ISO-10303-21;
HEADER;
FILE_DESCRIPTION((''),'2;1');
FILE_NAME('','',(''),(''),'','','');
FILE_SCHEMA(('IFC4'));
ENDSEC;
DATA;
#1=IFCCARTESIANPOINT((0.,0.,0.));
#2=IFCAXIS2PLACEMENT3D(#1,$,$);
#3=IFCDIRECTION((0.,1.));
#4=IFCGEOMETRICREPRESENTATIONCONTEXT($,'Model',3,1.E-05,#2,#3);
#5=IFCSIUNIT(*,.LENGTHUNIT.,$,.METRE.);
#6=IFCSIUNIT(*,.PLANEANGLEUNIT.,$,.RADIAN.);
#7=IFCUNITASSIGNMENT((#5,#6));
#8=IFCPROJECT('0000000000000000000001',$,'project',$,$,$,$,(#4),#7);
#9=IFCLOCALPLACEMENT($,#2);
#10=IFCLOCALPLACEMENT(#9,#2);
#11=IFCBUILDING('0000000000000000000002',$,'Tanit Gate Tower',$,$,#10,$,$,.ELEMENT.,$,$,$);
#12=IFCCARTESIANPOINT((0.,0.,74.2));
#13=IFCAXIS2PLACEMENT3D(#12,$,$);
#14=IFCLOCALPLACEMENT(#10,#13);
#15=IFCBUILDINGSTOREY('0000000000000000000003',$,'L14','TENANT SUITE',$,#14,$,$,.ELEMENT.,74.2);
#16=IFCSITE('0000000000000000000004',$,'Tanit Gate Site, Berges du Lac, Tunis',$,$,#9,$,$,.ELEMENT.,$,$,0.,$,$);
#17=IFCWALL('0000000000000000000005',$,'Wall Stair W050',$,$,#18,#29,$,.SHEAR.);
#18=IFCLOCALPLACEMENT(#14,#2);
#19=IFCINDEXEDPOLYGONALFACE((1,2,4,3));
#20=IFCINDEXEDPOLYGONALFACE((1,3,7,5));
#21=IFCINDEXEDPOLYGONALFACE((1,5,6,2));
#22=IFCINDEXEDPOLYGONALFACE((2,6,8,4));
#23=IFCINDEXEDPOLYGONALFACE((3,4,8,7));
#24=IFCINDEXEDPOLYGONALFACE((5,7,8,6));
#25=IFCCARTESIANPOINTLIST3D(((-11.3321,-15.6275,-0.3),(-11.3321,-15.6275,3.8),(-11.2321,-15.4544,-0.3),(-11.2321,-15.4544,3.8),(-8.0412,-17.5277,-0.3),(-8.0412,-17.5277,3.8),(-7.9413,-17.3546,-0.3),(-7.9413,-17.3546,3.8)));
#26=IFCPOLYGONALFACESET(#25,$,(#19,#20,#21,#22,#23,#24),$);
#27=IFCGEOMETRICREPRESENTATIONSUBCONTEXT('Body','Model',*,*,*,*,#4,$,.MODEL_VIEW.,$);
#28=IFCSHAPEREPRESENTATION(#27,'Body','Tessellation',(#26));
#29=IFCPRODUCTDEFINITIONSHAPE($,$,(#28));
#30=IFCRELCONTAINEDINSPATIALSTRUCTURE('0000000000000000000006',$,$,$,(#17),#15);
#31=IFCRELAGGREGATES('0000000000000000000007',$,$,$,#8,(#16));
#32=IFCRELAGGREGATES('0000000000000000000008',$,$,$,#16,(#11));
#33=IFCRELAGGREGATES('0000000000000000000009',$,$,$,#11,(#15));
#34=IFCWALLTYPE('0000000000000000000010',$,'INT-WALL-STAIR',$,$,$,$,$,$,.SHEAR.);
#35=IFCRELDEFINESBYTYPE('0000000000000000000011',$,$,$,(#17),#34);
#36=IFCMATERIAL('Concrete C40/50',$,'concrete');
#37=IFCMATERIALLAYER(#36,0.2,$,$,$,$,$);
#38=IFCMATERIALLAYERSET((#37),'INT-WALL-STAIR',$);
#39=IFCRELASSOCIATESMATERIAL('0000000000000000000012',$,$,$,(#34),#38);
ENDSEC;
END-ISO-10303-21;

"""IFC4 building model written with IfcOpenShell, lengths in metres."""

from ifc_helpers import new_model, si_unit, direction, frame, frame_2d, origin, place, context, subcontext, project, spatial, rectangle, extrude, material, layer, layer_set, type_object, element, save


model = new_model("IFC4")

# Units and contexts
model_context = context("Model", 3, precision=1e-05, world=origin(), true_north=direction((0.0, 1.0)))
body_context = subcontext(model_context, "Body", "Model", "MODEL_VIEW")
ifc_project = project(units=[si_unit("LENGTHUNIT", "METRE"), si_unit("PLANEANGLEUNIT", "RADIAN")], contexts=[model_context])

# Site, building, storey
site_placement = place(None, origin())
site = spatial("IfcSite", under=ifc_project, at=site_placement, Name="Tanit Gate Site, Berges du Lac, Tunis", CompositionType="ELEMENT", RefElevation=0.0)
building_placement = place(site_placement, origin())
building = spatial("IfcBuilding", under=site, at=building_placement, Name="Tanit Gate Tower", CompositionType="ELEMENT")
storey_placement = place(building_placement, frame((0.0, 0.0, 74.2)))
storey = spatial("IfcBuildingStorey", under=building, at=storey_placement, Name="L14", Description="TENANT SUITE", CompositionType="ELEMENT", Elevation=74.2)

# Wall
ifc_material_1 = material(Name="Concrete C40/50", Category="concrete")
ifc_layer_1 = layer(ifc_material_1, 0.2)
ifc_layer_set_1 = layer_set([ifc_layer_1], Name="INT-WALL-STAIR")
wall_type_1 = type_object("IfcWallType", Name="INT-WALL-STAIR", PredefinedType="SHEAR", material=ifc_layer_set_1)
wall_1_placement = place(storey_placement, frame((-11.282, -15.541, -0.3), z_axis=(0.0, 0.0, 1.0), x_axis=(0.866, -0.500043, 0.0)))
element("IfcWall", 1, at=wall_1_placement, inside=storey, type_object=wall_type_1, Name="Wall Stair W050", PredefinedType="SHEAR", context=body_context, shape_type="SweptSolid", body=[
    extrude(rectangle(XDim=3.8, YDim=0.2, at=frame_2d((1.8999, 0.0))), origin(), (0.0, 0.0, 1.0), 4.1001),
])

save(model, "model.ifc")
